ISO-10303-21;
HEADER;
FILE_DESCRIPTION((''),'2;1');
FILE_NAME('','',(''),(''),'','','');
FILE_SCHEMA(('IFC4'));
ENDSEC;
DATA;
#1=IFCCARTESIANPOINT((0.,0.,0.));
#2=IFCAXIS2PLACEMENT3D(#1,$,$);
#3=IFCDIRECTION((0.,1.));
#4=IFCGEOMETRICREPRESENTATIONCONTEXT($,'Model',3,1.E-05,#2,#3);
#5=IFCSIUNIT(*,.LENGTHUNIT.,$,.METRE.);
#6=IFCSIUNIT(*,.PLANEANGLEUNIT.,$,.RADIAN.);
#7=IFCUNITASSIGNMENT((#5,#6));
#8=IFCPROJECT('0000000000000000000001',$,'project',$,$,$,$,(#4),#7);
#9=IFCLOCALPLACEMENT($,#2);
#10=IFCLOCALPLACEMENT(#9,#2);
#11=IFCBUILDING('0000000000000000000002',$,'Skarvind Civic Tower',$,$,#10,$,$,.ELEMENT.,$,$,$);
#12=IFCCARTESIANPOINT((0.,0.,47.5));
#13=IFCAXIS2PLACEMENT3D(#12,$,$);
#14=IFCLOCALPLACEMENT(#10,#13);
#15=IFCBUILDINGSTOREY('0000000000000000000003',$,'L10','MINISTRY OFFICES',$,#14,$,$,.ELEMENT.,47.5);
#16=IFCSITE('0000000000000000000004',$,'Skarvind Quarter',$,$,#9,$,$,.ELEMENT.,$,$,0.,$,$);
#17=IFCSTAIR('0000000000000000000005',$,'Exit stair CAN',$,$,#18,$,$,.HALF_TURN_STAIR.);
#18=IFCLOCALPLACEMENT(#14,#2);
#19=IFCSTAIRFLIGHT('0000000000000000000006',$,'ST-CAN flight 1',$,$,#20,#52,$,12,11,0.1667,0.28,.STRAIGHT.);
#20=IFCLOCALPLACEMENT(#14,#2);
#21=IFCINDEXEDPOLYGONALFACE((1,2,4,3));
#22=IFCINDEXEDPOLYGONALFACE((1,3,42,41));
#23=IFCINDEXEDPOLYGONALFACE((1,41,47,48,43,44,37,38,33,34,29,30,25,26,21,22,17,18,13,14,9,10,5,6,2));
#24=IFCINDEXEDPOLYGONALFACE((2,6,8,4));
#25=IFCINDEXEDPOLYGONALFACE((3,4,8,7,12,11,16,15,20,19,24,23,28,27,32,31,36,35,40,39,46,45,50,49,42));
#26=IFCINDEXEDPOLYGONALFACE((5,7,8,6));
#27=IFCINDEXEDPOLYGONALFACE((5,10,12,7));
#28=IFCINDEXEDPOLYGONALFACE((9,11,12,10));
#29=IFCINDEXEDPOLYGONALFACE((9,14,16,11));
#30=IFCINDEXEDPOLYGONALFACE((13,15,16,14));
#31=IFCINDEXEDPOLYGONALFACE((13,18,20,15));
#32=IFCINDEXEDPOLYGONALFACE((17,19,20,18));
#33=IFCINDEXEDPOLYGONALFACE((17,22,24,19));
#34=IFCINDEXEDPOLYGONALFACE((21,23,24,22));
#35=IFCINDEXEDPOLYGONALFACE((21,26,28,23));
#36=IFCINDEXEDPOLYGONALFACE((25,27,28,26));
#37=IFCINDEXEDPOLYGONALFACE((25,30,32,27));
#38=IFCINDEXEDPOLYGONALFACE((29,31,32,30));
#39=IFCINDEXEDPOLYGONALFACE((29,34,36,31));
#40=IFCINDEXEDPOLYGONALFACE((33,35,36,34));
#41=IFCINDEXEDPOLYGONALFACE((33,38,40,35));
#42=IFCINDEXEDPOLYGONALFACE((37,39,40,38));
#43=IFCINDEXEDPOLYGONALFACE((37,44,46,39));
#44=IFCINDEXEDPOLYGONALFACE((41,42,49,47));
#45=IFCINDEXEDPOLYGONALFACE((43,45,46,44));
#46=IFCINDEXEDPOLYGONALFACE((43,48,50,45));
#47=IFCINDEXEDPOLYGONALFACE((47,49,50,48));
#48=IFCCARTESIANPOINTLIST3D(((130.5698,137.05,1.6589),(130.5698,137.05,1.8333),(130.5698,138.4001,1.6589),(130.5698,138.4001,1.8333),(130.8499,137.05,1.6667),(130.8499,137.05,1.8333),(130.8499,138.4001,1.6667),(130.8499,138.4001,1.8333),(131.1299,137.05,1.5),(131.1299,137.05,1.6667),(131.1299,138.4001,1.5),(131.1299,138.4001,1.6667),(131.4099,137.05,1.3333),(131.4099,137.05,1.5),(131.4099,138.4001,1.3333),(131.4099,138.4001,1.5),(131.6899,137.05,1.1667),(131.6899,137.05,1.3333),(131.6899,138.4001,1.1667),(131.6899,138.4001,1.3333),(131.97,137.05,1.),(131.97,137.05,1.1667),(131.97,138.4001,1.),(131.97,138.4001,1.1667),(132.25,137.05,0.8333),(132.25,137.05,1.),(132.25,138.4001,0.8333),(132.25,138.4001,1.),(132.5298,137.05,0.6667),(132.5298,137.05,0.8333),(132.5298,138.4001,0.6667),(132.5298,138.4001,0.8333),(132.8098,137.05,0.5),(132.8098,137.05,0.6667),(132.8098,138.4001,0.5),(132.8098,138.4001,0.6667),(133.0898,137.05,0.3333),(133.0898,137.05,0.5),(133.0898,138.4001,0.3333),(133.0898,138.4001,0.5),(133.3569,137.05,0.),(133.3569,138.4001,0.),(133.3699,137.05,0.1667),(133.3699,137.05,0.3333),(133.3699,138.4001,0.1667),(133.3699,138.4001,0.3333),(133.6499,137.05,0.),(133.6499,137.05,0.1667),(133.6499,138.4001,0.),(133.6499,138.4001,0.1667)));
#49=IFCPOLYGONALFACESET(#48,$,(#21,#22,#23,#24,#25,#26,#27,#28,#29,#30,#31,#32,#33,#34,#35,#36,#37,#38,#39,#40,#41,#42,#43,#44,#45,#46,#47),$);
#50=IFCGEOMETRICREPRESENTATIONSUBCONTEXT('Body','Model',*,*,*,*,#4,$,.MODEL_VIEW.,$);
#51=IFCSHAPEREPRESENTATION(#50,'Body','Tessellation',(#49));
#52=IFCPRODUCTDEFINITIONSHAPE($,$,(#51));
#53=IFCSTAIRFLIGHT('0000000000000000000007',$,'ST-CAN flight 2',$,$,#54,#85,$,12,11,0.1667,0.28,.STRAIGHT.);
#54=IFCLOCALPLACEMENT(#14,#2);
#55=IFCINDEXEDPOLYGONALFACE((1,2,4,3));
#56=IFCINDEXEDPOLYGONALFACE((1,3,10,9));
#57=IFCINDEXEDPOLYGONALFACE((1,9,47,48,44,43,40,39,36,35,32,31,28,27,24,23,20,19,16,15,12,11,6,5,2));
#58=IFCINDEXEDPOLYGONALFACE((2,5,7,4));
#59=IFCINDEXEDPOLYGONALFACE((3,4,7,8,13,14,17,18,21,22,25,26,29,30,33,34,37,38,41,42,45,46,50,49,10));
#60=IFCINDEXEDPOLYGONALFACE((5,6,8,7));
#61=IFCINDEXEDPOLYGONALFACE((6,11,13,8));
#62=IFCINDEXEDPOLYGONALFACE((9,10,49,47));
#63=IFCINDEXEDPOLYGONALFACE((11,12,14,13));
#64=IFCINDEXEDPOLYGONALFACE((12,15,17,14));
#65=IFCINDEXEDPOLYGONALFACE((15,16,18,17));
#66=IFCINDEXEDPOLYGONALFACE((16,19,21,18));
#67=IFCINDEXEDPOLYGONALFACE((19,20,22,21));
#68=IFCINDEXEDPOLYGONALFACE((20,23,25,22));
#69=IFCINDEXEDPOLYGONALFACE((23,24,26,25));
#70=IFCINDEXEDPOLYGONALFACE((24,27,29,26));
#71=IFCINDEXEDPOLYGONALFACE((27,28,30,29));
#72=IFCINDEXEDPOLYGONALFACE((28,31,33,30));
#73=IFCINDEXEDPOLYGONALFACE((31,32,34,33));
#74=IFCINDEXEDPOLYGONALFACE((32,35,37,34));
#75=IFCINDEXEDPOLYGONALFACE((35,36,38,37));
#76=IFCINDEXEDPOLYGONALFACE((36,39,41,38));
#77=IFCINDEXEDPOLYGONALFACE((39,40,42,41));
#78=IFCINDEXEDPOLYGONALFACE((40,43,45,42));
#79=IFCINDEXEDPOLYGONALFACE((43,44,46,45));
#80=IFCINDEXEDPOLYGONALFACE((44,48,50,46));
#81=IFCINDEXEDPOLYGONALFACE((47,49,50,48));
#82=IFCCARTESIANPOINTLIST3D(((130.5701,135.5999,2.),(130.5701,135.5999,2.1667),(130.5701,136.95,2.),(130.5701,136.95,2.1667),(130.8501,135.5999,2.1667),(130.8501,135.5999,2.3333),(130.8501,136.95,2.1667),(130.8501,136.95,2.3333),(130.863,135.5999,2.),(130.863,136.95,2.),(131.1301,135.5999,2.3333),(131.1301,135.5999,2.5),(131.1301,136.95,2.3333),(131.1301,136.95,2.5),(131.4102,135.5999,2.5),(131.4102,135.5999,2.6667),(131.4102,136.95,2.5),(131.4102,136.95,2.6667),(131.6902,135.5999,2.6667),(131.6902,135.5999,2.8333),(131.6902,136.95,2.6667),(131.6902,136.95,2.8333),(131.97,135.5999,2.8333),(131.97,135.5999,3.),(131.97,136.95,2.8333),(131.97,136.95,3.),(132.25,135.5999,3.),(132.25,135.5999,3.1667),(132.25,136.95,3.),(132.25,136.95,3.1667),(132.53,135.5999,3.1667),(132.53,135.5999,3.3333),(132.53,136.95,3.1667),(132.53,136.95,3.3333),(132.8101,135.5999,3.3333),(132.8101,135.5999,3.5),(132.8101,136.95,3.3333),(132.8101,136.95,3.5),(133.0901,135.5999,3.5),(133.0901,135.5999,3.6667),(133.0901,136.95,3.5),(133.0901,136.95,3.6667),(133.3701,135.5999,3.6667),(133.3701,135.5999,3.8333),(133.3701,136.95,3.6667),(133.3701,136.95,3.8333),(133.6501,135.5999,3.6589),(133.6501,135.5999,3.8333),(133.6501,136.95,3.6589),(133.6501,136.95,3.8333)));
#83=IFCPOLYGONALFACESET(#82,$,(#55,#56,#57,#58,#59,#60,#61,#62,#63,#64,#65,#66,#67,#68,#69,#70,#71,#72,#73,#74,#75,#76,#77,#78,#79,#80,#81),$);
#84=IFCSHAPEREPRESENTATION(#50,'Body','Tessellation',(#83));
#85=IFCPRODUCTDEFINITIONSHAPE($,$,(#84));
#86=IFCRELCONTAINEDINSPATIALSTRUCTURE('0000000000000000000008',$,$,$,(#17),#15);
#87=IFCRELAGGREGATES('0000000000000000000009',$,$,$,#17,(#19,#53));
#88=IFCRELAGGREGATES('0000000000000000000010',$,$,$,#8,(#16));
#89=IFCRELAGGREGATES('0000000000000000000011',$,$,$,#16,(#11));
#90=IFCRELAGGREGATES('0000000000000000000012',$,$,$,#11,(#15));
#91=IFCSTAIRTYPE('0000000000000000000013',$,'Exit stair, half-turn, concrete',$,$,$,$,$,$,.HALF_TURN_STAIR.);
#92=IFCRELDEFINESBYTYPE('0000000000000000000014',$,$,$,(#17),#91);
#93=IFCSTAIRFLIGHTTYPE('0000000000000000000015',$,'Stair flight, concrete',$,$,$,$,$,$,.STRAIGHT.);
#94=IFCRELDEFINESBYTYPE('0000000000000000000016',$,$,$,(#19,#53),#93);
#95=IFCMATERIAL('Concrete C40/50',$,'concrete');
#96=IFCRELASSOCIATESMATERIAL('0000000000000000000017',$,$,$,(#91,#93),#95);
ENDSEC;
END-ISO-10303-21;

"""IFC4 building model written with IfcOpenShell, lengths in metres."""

from ifc_helpers import new_model, si_unit, direction, frame, origin, place, context, subcontext, project, spatial, polyline, outline, extrude, material, type_object, element, aggregate, save


model = new_model("IFC4")

# Units and contexts
model_context = context("Model", 3, precision=1e-05, world=origin(), true_north=direction((0.0, 1.0)))
body_context = subcontext(model_context, "Body", "Model", "MODEL_VIEW")
ifc_project = project(units=[si_unit("LENGTHUNIT", "METRE"), si_unit("PLANEANGLEUNIT", "RADIAN")], contexts=[model_context])

# Site, building, storey
site_placement = place(None, origin())
site = spatial("IfcSite", under=ifc_project, at=site_placement, Name="Skarvind Quarter", CompositionType="ELEMENT", RefElevation=0.0)
building_placement = place(site_placement, origin())
building = spatial("IfcBuilding", under=site, at=building_placement, Name="Skarvind Civic Tower", CompositionType="ELEMENT")
storey_placement = place(building_placement, frame((0.0, 0.0, 47.5)))
storey = spatial("IfcBuildingStorey", under=building, at=storey_placement, Name="L10", Description="MINISTRY OFFICES", CompositionType="ELEMENT", Elevation=47.5)

# Stair, stair flights
ifc_material_1 = material(Name="Concrete C40/50", Category="concrete")
stair_type = type_object("IfcStairType", Name="Exit stair, half-turn, concrete", PredefinedType="HALF_TURN_STAIR", material=ifc_material_1)
stair_placement = place(storey_placement, origin())
stair = element("IfcStair", 1, at=stair_placement, inside=storey, type_object=stair_type, Name="Exit stair CAN", PredefinedType="HALF_TURN_STAIR")
stair_flight_type = type_object("IfcStairFlightType", Name="Stair flight, concrete", PredefinedType="STRAIGHT", material=ifc_material_1)
stair_flight_1_placement = place(storey_placement, frame((133.6499, 137.7251, 0.0), z_axis=(0.0, 0.0, 1.0), x_axis=(-1.0, 0.0, 0.0)))
stair_flight_1 = element("IfcStairFlight", 2, at=stair_flight_1_placement, type_object=stair_flight_type, Name="ST-CAN flight 1", NumberOfRisers=12, NumberOfTreads=11, PredefinedType="STRAIGHT", RiserHeight=0.1667, TreadLength=0.28, context=body_context, shape_type="SweptSolid", body=[
    extrude(outline(polyline([(0.0, 0.0), (0.0, 0.1667), (0.28, 0.1667), (0.28, 0.3333), (0.5601, 0.3333), (0.5601, 0.5), (0.8401, 0.5), (0.8401, 0.6667), (1.1201, 0.6667), (1.1201, 0.8333), (1.3999, 0.8333), (1.3999, 1.0), (1.6799, 1.0), (1.6799, 1.1667), (1.96, 1.1667), (1.96, 1.3333), (2.24, 1.3333), (2.24, 1.5), (2.52, 1.5), (2.52, 1.6667), (2.8, 1.6667), (2.8, 1.8333), (3.0801, 1.8333), (3.0801, 2.0), (3.0801, 1.6589), (0.293, 0.0), (0.0, 0.0)])), frame((0.0, 0.675, 0.0), z_axis=(0.0, -1.0, 0.0), x_axis=(1.0, 0.0, 0.0)), (0.0, 0.0, 1.0), 1.3501),
])
stair_flight_2_placement = place(storey_placement, frame((130.5701, 136.2749, 2.0), z_axis=(0.0, 0.0, 1.0), x_axis=(1.0, 0.0, 0.0)))
stair_flight_2 = element("IfcStairFlight", 3, at=stair_flight_2_placement, type_object=stair_flight_type, Name="ST-CAN flight 2", NumberOfRisers=12, NumberOfTreads=11, PredefinedType="STRAIGHT", RiserHeight=0.1667, TreadLength=0.28, context=body_context, shape_type="SweptSolid", body=[
    extrude(outline(polyline([(0.0, 0.0), (0.0, 0.1667), (0.28, 0.1667), (0.28, 0.3333), (0.5601, 0.3333), (0.5601, 0.5), (0.8401, 0.5), (0.8401, 0.6667), (1.1201, 0.6667), (1.1201, 0.8333), (1.3999, 0.8333), (1.3999, 1.0), (1.6799, 1.0), (1.6799, 1.1667), (1.96, 1.1667), (1.96, 1.3333), (2.24, 1.3333), (2.24, 1.5), (2.52, 1.5), (2.52, 1.6667), (2.8, 1.6667), (2.8, 1.8333), (3.0801, 1.8333), (3.0801, 2.0), (3.0801, 1.6589), (0.293, 0.0), (0.0, 0.0)])), frame((0.0, 0.675, 0.0), z_axis=(0.0, -1.0, 0.0), x_axis=(1.0, 0.0, 0.0)), (0.0, 0.0, 1.0), 1.3501),
])
aggregate(stair, [stair_flight_1, stair_flight_2])

save(model, "model.ifc")
